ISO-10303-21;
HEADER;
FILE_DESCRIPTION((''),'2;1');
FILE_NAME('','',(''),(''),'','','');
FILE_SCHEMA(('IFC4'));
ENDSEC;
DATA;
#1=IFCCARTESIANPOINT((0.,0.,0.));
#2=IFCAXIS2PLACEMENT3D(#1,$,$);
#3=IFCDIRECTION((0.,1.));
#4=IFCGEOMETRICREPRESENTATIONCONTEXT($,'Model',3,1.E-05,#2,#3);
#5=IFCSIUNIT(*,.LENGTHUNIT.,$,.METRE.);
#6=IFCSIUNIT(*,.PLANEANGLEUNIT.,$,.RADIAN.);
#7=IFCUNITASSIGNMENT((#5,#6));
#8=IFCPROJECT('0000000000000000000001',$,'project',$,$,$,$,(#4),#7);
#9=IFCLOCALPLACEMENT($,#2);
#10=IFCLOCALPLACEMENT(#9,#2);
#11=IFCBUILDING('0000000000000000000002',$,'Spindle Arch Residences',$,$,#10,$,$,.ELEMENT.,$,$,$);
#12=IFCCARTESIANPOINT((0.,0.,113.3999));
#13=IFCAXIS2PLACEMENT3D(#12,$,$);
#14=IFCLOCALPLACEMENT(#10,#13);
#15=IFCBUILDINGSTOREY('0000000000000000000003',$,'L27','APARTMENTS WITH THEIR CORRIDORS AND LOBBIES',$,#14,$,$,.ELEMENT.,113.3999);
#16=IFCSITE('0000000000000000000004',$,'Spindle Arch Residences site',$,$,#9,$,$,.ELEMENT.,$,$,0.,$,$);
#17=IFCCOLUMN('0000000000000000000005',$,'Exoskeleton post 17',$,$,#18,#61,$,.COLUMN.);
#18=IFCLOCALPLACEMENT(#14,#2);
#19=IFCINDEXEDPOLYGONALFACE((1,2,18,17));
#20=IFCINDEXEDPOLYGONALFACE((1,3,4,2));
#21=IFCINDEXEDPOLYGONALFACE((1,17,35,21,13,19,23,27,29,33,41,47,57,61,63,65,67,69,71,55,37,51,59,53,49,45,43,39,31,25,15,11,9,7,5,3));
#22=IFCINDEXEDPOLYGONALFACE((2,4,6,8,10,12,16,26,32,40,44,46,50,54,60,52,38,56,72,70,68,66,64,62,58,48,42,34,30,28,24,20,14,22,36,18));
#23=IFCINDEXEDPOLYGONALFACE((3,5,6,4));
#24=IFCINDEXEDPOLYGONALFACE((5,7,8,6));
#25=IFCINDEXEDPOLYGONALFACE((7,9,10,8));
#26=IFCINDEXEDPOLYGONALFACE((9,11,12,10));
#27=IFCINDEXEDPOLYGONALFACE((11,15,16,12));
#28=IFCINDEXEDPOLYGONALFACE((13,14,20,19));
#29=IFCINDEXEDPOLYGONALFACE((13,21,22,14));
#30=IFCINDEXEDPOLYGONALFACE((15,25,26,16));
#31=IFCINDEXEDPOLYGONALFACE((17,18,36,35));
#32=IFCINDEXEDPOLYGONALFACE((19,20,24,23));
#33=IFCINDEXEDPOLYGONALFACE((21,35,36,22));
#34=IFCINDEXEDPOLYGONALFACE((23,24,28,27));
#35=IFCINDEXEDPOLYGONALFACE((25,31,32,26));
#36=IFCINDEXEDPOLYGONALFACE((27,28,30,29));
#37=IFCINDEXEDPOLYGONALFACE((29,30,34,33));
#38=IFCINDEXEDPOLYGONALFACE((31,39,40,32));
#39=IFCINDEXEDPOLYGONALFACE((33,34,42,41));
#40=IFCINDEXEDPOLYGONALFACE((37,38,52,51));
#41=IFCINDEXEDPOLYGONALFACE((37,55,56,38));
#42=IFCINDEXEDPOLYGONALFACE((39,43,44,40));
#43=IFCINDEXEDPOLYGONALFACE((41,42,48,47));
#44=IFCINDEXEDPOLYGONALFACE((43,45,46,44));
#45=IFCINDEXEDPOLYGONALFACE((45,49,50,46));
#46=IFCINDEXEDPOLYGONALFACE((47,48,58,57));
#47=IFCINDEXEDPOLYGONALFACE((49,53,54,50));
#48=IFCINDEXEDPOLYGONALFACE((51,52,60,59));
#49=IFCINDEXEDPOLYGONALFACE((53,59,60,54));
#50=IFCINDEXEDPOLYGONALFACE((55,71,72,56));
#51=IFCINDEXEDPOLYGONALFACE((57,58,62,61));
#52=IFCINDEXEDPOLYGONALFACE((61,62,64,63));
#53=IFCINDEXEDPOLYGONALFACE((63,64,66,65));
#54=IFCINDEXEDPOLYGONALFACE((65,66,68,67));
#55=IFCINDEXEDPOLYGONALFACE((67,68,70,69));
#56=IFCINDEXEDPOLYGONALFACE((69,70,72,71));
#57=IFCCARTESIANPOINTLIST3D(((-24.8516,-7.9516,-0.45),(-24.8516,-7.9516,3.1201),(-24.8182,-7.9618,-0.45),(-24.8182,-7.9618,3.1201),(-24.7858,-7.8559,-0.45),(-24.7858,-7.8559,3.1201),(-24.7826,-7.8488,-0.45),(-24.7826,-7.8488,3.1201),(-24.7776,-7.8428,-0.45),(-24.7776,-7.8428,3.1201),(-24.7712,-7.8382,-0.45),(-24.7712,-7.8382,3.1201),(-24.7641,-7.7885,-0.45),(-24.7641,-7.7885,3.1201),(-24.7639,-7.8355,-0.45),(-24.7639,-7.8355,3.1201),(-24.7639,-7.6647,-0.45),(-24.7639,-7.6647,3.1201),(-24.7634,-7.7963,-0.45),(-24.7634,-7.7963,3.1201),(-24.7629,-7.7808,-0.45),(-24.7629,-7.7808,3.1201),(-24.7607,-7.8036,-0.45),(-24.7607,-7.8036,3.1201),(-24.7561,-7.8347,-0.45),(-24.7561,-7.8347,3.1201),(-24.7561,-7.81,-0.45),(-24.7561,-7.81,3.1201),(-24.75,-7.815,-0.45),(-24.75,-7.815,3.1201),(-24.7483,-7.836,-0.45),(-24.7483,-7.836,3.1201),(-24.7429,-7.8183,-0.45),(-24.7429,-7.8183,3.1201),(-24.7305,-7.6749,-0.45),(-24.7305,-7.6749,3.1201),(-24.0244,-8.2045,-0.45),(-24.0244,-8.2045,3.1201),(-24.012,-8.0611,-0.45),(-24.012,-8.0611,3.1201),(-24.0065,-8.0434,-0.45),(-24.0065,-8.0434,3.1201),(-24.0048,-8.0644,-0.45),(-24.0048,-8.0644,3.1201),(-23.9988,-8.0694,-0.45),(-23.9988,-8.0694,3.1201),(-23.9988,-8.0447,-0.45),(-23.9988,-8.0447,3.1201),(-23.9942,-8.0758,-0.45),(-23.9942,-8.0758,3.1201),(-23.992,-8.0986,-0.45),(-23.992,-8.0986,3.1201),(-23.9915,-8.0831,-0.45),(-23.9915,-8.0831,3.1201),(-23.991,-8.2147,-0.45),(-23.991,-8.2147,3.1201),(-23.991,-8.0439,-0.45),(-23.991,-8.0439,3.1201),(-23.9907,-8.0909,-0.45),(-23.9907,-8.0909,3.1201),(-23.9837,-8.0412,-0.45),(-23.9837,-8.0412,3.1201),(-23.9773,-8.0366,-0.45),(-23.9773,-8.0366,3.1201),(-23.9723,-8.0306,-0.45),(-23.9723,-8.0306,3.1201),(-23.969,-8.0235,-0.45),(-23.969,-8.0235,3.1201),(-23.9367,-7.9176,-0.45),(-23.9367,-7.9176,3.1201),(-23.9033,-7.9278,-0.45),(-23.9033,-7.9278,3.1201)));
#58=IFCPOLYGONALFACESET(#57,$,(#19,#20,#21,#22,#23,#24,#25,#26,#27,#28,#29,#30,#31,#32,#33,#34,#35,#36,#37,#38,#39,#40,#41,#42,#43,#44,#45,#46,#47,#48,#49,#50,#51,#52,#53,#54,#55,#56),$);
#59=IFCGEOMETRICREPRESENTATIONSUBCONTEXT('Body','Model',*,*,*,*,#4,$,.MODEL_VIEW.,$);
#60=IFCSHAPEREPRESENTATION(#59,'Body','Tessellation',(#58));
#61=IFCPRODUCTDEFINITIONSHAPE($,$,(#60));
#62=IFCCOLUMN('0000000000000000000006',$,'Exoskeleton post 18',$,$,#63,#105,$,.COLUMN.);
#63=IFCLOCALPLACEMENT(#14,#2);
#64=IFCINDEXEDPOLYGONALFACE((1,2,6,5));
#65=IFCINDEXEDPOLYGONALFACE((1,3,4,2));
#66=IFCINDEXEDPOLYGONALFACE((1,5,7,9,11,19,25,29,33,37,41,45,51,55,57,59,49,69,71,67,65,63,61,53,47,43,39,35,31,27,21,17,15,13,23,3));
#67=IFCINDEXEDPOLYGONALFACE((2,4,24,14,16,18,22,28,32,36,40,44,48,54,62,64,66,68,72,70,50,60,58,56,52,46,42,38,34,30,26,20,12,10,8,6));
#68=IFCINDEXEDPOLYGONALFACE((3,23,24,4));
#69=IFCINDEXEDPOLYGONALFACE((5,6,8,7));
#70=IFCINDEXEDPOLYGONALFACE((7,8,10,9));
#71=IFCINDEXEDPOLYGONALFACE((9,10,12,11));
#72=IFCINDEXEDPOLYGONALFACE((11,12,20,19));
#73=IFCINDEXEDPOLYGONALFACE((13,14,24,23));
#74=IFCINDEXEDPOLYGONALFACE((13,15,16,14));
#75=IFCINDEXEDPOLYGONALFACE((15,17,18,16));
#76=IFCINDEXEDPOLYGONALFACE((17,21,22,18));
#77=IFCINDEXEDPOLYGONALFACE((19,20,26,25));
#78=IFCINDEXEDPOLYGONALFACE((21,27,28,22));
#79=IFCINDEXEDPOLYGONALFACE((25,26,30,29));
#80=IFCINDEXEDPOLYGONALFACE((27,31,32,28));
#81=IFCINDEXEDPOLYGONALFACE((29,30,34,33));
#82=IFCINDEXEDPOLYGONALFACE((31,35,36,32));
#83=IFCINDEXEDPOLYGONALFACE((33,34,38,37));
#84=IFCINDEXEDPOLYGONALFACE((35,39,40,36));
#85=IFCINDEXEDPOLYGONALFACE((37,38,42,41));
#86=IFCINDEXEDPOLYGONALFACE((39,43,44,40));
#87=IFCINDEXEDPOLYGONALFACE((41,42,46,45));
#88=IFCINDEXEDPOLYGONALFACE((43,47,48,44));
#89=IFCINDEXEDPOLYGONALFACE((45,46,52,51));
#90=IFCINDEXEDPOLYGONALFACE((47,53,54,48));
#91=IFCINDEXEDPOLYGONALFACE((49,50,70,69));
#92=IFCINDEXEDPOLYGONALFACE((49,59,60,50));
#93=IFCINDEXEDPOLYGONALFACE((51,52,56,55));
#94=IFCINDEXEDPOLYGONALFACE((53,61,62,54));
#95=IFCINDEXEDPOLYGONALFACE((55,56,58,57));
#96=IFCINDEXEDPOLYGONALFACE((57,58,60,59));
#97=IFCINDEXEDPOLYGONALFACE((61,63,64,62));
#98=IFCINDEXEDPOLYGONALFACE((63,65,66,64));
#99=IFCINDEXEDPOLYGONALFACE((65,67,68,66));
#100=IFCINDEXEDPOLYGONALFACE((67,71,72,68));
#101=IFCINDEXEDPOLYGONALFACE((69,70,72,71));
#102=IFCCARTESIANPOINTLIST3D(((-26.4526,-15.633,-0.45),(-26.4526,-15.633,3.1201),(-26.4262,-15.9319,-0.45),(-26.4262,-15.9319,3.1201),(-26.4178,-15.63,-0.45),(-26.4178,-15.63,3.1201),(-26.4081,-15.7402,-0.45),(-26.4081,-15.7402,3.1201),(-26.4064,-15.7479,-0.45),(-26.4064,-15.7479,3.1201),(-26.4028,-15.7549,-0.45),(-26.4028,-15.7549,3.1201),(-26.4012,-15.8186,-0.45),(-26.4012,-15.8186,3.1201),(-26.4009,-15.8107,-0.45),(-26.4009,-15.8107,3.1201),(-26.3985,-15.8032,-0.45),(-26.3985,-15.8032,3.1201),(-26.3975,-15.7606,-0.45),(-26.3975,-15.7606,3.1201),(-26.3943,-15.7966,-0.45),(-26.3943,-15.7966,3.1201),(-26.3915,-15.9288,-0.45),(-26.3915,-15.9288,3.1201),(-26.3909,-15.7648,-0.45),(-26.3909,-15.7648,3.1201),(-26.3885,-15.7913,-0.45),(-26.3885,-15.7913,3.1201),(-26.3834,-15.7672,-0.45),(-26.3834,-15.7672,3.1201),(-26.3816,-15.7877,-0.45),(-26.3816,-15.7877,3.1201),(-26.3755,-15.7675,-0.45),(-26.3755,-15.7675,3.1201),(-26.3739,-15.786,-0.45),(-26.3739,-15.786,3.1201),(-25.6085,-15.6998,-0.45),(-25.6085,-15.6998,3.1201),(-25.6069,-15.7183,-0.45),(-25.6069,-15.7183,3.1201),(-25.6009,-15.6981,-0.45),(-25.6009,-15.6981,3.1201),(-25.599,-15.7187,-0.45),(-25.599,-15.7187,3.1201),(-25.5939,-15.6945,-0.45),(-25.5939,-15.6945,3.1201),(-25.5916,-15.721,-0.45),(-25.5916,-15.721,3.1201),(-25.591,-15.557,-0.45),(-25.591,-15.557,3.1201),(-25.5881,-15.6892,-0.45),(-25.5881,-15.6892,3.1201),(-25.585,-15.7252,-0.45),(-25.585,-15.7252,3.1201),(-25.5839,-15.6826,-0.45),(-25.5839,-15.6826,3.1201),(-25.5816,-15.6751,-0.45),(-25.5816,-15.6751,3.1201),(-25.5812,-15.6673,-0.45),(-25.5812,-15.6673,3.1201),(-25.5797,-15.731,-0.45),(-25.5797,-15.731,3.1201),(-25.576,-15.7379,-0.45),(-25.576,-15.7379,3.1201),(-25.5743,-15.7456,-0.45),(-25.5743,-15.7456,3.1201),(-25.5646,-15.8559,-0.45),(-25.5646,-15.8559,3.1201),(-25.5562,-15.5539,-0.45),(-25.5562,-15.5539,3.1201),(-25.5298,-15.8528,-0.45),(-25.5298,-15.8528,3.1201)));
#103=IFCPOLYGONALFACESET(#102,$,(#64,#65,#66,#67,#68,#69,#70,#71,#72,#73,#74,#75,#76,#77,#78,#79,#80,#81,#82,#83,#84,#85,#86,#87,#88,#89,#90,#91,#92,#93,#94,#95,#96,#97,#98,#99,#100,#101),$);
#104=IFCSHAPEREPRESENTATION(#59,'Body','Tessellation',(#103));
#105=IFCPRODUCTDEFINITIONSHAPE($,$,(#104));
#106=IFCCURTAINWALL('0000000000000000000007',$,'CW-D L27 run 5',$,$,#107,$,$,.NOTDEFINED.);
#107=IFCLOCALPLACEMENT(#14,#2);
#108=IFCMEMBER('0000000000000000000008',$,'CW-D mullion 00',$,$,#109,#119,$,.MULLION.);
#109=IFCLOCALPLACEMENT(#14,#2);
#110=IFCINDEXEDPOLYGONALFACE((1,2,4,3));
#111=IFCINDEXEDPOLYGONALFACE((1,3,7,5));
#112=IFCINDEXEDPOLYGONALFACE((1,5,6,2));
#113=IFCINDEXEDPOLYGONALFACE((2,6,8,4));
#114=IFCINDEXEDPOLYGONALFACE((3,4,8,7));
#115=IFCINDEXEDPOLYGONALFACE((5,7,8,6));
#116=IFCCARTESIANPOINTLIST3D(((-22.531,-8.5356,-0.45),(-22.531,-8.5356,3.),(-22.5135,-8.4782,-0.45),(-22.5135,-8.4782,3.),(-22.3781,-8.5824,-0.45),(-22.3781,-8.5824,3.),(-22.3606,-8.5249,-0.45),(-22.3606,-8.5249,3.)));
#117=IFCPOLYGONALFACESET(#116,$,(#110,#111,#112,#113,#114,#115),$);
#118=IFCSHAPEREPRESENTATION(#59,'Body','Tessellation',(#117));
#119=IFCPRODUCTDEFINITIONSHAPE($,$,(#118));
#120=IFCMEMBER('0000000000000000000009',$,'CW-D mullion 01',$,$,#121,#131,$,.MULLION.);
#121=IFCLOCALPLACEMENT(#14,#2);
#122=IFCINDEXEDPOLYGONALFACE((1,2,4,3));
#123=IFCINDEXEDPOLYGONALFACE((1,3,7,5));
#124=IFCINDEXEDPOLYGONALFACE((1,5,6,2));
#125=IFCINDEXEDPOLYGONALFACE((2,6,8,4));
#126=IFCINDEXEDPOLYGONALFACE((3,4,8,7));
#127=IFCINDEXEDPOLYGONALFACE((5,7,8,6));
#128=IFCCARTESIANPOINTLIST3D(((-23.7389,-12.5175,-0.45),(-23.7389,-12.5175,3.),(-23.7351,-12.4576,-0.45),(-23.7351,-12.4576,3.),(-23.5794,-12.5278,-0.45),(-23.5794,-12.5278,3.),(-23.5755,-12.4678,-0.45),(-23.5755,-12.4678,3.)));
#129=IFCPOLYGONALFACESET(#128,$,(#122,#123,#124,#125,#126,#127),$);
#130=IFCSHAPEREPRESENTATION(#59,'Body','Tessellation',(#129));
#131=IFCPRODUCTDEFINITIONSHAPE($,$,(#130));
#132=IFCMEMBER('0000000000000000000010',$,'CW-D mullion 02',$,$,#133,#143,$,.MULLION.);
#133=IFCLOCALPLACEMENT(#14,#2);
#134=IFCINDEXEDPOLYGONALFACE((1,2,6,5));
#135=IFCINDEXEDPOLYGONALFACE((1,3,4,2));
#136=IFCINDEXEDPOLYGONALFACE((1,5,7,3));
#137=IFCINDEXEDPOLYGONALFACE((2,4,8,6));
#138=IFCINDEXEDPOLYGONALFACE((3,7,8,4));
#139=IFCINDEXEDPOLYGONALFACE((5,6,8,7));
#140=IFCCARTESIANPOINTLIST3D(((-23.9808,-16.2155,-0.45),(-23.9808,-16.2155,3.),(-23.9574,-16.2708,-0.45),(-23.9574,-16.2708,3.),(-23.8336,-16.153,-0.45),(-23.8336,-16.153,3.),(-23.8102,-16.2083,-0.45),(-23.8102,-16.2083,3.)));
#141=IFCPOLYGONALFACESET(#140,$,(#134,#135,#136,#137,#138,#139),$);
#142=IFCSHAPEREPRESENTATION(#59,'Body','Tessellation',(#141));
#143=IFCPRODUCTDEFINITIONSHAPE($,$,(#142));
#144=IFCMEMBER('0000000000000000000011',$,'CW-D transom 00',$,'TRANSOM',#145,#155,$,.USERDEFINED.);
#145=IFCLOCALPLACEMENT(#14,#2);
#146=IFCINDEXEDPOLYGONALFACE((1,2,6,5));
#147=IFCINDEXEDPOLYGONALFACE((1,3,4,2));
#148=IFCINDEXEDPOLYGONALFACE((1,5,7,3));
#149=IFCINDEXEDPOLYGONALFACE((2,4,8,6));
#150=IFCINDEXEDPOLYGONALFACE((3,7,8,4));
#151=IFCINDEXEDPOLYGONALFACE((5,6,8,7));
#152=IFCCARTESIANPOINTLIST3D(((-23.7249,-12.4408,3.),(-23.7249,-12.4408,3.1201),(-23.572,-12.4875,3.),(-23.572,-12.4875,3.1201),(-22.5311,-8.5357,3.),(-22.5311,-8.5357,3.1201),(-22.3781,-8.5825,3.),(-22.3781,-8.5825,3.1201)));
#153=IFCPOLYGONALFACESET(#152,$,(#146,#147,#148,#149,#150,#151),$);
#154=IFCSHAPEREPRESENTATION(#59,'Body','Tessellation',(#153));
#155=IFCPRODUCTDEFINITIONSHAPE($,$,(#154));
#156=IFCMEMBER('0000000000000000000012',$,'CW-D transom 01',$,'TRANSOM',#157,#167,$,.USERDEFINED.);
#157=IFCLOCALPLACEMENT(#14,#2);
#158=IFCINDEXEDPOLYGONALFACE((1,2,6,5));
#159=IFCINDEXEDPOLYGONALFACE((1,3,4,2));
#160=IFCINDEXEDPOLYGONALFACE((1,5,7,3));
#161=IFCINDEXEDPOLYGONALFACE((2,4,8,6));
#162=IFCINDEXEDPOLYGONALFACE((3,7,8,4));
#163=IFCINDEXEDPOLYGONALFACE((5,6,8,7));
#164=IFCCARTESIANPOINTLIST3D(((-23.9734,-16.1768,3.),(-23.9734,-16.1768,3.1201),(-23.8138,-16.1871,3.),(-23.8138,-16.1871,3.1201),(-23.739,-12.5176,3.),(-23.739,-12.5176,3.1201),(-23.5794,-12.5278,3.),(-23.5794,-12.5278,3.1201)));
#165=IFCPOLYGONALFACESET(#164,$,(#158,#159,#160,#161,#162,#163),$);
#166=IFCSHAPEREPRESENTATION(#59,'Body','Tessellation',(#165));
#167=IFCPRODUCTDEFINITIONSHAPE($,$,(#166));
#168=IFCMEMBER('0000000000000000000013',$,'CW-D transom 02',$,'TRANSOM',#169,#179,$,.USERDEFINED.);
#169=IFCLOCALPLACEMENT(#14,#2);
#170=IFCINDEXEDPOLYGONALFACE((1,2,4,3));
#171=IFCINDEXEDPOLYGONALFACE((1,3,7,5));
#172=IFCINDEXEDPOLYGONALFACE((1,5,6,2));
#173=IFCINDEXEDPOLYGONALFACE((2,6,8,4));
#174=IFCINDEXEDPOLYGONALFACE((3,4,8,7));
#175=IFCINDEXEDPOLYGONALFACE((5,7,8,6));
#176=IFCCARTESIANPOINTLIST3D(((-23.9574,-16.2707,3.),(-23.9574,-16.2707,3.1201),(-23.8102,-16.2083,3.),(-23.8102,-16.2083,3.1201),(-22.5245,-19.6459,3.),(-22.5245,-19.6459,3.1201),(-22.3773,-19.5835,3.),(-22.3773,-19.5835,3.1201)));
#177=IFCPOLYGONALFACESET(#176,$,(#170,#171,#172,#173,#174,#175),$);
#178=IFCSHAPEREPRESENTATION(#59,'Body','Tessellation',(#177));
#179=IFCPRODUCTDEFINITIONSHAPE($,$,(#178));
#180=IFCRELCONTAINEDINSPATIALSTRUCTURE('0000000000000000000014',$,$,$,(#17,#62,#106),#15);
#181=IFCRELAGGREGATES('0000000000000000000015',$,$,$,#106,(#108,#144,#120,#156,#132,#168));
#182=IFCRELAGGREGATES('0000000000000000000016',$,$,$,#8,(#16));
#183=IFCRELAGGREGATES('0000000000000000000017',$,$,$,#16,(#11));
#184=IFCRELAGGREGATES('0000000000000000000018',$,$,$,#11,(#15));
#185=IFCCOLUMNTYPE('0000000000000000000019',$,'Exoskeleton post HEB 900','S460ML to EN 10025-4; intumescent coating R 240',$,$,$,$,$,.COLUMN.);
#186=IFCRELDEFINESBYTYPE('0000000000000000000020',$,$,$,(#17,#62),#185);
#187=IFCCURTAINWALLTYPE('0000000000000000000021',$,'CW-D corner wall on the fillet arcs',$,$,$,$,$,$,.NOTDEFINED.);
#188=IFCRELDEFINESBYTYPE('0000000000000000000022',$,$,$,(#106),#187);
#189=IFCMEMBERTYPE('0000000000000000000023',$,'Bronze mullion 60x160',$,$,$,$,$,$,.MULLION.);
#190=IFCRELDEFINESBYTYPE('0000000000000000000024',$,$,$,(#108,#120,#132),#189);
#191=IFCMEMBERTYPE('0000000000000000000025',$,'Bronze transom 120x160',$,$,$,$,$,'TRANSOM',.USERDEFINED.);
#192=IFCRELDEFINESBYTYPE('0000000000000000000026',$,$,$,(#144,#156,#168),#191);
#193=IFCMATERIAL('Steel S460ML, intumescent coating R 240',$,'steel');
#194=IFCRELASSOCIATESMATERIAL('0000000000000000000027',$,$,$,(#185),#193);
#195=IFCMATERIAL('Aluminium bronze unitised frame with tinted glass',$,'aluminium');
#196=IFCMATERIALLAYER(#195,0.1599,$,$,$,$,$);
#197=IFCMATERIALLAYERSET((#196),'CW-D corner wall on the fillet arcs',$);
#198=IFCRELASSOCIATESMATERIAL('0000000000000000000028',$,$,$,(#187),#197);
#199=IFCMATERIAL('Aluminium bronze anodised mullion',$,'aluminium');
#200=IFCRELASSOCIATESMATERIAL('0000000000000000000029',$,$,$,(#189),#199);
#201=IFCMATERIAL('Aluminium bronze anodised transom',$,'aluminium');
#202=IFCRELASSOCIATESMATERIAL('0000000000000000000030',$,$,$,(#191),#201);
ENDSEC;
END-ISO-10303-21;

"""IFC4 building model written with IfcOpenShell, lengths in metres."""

from ifc_helpers import new_model, si_unit, direction, frame, origin, origin_2d, place, context, subcontext, project, spatial, rectangle, i_section, extrude, material, layer, layer_set, material_profile, profile_set, type_object, element, aggregate, save


model = new_model("IFC4")

# Units and contexts
model_context = context("Model", 3, precision=1e-05, world=origin(), true_north=direction((0.0, 1.0)))
body_context = subcontext(model_context, "Body", "Model", "MODEL_VIEW")
ifc_project = project(units=[si_unit("LENGTHUNIT", "METRE"), si_unit("PLANEANGLEUNIT", "RADIAN")], contexts=[model_context])

# Site, building, storey
site_placement = place(None, origin())
site = spatial("IfcSite", under=ifc_project, at=site_placement, Name="Spindle Arch Residences site", CompositionType="ELEMENT", RefElevation=0.0)
building_placement = place(site_placement, origin())
building = spatial("IfcBuilding", under=site, at=building_placement, Name="Spindle Arch Residences", CompositionType="ELEMENT")
storey_placement = place(building_placement, frame((0.0, 0.0, 113.3999)))
storey = spatial("IfcBuildingStorey", under=building, at=storey_placement, Name="L27", Description="APARTMENTS WITH THEIR CORRIDORS AND LOBBIES", CompositionType="ELEMENT", Elevation=113.3999)

# Columns
ifc_material_1 = material(Name="Steel S460ML, intumescent coating R 240", Category="steel")
ifc_material_profile_1 = material_profile(ifc_material_1, i_section(OverallWidth=0.3, OverallDepth=0.8999, WebThickness=0.0186, FlangeThickness=0.0349, FilletRadius=0.03, at=origin_2d()), Name="HEB 900")
ifc_profile_set_1 = profile_set([ifc_material_profile_1], Name="Steel S460ML, intumescent coating R 240")
column_type = type_object("IfcColumnType", Name="Exoskeleton post HEB 900", Description="S460ML to EN 10025-4; intumescent coating R 240", PredefinedType="COLUMN", material=ifc_profile_set_1)
for number, where, z_axis, x_axis, name in (
    (1, (-24.3774, -7.9397, -0.45), (0.0, 0.0, 1.0), (0.292372, 0.956305, 0.0), "Exoskeleton post 17"),
    (2, (-25.9912, -15.7429, -0.45), (0.0, 0.0, 1.0), (-0.087905, 0.996129, 0.0), "Exoskeleton post 18"),
):
    element("IfcColumn", number, at=place(storey_placement, frame(where, z_axis=z_axis, x_axis=x_axis)), inside=storey, type_object=column_type, Name=name, PredefinedType="COLUMN", context=body_context, shape_type="SweptSolid", body=[
        extrude(i_section(OverallWidth=0.3, OverallDepth=0.8999, WebThickness=0.0186, FlangeThickness=0.0349, FilletRadius=0.03, at=origin_2d()), origin(), (0.0, 0.0, 1.0), 3.5701),
    ])

# Curtain wall, members
ifc_material_2 = material(Name="Aluminium bronze unitised frame with tinted glass", Category="aluminium")
ifc_layer_1 = layer(ifc_material_2, 0.1599)
ifc_layer_set_1 = layer_set([ifc_layer_1], Name="CW-D corner wall on the fillet arcs")
curtain_wall_type_1 = type_object("IfcCurtainWallType", Name="CW-D corner wall on the fillet arcs", PredefinedType="NOTDEFINED", material=ifc_layer_set_1)
curtain_wall_1_placement = place(storey_placement, origin())
curtain_wall_1 = element("IfcCurtainWall", 3, at=curtain_wall_1_placement, inside=storey, type_object=curtain_wall_type_1, Name="CW-D L27 run 5", PredefinedType="NOTDEFINED")
ifc_material_3 = material(Name="Aluminium bronze anodised mullion", Category="aluminium")
ifc_material_profile_2 = material_profile(ifc_material_3, rectangle(XDim=0.1599, YDim=0.0601, at=origin_2d()), Name="MU 60x160")
ifc_profile_set_2 = profile_set([ifc_material_profile_2], Name="Aluminium bronze anodised mullion")
member_type_1 = type_object("IfcMemberType", Name="Bronze mullion 60x160", PredefinedType="MULLION", material=ifc_profile_set_2)
member_1_placement = place(storey_placement, frame((-22.4458, -8.5303, -0.45), z_axis=(0.0, 0.0, 1.0), x_axis=(0.956305, -0.292372, 0.0)))
member_1 = element("IfcMember", 4, at=member_1_placement, type_object=member_type_1, Name="CW-D mullion 00", PredefinedType="MULLION", context=body_context, shape_type="SweptSolid", body=[
    extrude(rectangle(XDim=0.1599, YDim=0.0601, at=origin_2d()), origin(), (0.0, 0.0, 1.0), 3.45),
])
member_2_placement = place(storey_placement, frame((-23.6572, -12.4927, -0.45), z_axis=(0.0, 0.0, 1.0), x_axis=(0.997953, -0.063952, 0.0)))
member_2 = element("IfcMember", 5, at=member_2_placement, type_object=member_type_1, Name="CW-D mullion 01", PredefinedType="MULLION", context=body_context, shape_type="SweptSolid", body=[
    extrude(rectangle(XDim=0.1599, YDim=0.0601, at=origin_2d()), origin(), (0.0, 0.0, 1.0), 3.45),
])
member_3_placement = place(storey_placement, frame((-23.8955, -16.2119, -0.45), z_axis=(0.0, 0.0, 1.0), x_axis=(0.920505, 0.390731, 0.0)))
member_3 = element("IfcMember", 6, at=member_3_placement, type_object=member_type_1, Name="CW-D mullion 02", PredefinedType="MULLION", context=body_context, shape_type="SweptSolid", body=[
    extrude(rectangle(XDim=0.1599, YDim=0.0601, at=origin_2d()), origin(), (0.0, 0.0, 1.0), 3.45),
])
ifc_material_4 = material(Name="Aluminium bronze anodised transom", Category="aluminium")
ifc_material_profile_3 = material_profile(ifc_material_4, rectangle(XDim=0.1599, YDim=0.1201, at=origin_2d()), Name="TR 120x160")
ifc_profile_set_3 = profile_set([ifc_material_profile_3], Name="Aluminium bronze anodised transom")
member_type_2 = type_object("IfcMemberType", Name="Bronze transom 120x160", ElementType="TRANSOM", PredefinedType="USERDEFINED", material=ifc_profile_set_3)
member_4_placement = place(storey_placement, frame((-22.4546, -8.5591, 3.0601), z_axis=(-0.292363, -0.956307, 0.0), x_axis=(0.956307, -0.292363, 0.0)))
member_4 = element("IfcMember", 7, at=member_4_placement, type_object=member_type_2, Name="CW-D transom 00", ObjectType="TRANSOM", PredefinedType="USERDEFINED", context=body_context, shape_type="SweptSolid", body=[
    extrude(rectangle(XDim=0.1599, YDim=0.1201, at=origin_2d()), origin(), (0.0, 0.0, 1.0), 4.0835),
])
member_5_placement = place(storey_placement, frame((-23.6592, -12.5227, 3.0601), z_axis=(-0.06392, -0.997955, 0.0), x_axis=(0.997955, -0.06392, 0.0)))
member_5 = element("IfcMember", 8, at=member_5_placement, type_object=member_type_2, Name="CW-D transom 01", ObjectType="TRANSOM", PredefinedType="USERDEFINED", context=body_context, shape_type="SweptSolid", body=[
    extrude(rectangle(XDim=0.1599, YDim=0.1201, at=origin_2d()), origin(), (0.0, 0.0, 1.0), 3.6667),
])
member_6_placement = place(storey_placement, frame((-23.8838, -16.2395, 3.0601), z_axis=(0.390767, -0.92049, 0.0), x_axis=(0.92049, 0.390767, 0.0)))
member_6 = element("IfcMember", 9, at=member_6_placement, type_object=member_type_2, Name="CW-D transom 02", ObjectType="TRANSOM", PredefinedType="USERDEFINED", context=body_context, shape_type="SweptSolid", body=[
    extrude(rectangle(XDim=0.1599, YDim=0.1201, at=origin_2d()), origin(), (0.0, 0.0, 1.0), 3.6667),
])

aggregate(curtain_wall_1, [member_1, member_4, member_2, member_5, member_3, member_6])

save(model, "model.ifc")
